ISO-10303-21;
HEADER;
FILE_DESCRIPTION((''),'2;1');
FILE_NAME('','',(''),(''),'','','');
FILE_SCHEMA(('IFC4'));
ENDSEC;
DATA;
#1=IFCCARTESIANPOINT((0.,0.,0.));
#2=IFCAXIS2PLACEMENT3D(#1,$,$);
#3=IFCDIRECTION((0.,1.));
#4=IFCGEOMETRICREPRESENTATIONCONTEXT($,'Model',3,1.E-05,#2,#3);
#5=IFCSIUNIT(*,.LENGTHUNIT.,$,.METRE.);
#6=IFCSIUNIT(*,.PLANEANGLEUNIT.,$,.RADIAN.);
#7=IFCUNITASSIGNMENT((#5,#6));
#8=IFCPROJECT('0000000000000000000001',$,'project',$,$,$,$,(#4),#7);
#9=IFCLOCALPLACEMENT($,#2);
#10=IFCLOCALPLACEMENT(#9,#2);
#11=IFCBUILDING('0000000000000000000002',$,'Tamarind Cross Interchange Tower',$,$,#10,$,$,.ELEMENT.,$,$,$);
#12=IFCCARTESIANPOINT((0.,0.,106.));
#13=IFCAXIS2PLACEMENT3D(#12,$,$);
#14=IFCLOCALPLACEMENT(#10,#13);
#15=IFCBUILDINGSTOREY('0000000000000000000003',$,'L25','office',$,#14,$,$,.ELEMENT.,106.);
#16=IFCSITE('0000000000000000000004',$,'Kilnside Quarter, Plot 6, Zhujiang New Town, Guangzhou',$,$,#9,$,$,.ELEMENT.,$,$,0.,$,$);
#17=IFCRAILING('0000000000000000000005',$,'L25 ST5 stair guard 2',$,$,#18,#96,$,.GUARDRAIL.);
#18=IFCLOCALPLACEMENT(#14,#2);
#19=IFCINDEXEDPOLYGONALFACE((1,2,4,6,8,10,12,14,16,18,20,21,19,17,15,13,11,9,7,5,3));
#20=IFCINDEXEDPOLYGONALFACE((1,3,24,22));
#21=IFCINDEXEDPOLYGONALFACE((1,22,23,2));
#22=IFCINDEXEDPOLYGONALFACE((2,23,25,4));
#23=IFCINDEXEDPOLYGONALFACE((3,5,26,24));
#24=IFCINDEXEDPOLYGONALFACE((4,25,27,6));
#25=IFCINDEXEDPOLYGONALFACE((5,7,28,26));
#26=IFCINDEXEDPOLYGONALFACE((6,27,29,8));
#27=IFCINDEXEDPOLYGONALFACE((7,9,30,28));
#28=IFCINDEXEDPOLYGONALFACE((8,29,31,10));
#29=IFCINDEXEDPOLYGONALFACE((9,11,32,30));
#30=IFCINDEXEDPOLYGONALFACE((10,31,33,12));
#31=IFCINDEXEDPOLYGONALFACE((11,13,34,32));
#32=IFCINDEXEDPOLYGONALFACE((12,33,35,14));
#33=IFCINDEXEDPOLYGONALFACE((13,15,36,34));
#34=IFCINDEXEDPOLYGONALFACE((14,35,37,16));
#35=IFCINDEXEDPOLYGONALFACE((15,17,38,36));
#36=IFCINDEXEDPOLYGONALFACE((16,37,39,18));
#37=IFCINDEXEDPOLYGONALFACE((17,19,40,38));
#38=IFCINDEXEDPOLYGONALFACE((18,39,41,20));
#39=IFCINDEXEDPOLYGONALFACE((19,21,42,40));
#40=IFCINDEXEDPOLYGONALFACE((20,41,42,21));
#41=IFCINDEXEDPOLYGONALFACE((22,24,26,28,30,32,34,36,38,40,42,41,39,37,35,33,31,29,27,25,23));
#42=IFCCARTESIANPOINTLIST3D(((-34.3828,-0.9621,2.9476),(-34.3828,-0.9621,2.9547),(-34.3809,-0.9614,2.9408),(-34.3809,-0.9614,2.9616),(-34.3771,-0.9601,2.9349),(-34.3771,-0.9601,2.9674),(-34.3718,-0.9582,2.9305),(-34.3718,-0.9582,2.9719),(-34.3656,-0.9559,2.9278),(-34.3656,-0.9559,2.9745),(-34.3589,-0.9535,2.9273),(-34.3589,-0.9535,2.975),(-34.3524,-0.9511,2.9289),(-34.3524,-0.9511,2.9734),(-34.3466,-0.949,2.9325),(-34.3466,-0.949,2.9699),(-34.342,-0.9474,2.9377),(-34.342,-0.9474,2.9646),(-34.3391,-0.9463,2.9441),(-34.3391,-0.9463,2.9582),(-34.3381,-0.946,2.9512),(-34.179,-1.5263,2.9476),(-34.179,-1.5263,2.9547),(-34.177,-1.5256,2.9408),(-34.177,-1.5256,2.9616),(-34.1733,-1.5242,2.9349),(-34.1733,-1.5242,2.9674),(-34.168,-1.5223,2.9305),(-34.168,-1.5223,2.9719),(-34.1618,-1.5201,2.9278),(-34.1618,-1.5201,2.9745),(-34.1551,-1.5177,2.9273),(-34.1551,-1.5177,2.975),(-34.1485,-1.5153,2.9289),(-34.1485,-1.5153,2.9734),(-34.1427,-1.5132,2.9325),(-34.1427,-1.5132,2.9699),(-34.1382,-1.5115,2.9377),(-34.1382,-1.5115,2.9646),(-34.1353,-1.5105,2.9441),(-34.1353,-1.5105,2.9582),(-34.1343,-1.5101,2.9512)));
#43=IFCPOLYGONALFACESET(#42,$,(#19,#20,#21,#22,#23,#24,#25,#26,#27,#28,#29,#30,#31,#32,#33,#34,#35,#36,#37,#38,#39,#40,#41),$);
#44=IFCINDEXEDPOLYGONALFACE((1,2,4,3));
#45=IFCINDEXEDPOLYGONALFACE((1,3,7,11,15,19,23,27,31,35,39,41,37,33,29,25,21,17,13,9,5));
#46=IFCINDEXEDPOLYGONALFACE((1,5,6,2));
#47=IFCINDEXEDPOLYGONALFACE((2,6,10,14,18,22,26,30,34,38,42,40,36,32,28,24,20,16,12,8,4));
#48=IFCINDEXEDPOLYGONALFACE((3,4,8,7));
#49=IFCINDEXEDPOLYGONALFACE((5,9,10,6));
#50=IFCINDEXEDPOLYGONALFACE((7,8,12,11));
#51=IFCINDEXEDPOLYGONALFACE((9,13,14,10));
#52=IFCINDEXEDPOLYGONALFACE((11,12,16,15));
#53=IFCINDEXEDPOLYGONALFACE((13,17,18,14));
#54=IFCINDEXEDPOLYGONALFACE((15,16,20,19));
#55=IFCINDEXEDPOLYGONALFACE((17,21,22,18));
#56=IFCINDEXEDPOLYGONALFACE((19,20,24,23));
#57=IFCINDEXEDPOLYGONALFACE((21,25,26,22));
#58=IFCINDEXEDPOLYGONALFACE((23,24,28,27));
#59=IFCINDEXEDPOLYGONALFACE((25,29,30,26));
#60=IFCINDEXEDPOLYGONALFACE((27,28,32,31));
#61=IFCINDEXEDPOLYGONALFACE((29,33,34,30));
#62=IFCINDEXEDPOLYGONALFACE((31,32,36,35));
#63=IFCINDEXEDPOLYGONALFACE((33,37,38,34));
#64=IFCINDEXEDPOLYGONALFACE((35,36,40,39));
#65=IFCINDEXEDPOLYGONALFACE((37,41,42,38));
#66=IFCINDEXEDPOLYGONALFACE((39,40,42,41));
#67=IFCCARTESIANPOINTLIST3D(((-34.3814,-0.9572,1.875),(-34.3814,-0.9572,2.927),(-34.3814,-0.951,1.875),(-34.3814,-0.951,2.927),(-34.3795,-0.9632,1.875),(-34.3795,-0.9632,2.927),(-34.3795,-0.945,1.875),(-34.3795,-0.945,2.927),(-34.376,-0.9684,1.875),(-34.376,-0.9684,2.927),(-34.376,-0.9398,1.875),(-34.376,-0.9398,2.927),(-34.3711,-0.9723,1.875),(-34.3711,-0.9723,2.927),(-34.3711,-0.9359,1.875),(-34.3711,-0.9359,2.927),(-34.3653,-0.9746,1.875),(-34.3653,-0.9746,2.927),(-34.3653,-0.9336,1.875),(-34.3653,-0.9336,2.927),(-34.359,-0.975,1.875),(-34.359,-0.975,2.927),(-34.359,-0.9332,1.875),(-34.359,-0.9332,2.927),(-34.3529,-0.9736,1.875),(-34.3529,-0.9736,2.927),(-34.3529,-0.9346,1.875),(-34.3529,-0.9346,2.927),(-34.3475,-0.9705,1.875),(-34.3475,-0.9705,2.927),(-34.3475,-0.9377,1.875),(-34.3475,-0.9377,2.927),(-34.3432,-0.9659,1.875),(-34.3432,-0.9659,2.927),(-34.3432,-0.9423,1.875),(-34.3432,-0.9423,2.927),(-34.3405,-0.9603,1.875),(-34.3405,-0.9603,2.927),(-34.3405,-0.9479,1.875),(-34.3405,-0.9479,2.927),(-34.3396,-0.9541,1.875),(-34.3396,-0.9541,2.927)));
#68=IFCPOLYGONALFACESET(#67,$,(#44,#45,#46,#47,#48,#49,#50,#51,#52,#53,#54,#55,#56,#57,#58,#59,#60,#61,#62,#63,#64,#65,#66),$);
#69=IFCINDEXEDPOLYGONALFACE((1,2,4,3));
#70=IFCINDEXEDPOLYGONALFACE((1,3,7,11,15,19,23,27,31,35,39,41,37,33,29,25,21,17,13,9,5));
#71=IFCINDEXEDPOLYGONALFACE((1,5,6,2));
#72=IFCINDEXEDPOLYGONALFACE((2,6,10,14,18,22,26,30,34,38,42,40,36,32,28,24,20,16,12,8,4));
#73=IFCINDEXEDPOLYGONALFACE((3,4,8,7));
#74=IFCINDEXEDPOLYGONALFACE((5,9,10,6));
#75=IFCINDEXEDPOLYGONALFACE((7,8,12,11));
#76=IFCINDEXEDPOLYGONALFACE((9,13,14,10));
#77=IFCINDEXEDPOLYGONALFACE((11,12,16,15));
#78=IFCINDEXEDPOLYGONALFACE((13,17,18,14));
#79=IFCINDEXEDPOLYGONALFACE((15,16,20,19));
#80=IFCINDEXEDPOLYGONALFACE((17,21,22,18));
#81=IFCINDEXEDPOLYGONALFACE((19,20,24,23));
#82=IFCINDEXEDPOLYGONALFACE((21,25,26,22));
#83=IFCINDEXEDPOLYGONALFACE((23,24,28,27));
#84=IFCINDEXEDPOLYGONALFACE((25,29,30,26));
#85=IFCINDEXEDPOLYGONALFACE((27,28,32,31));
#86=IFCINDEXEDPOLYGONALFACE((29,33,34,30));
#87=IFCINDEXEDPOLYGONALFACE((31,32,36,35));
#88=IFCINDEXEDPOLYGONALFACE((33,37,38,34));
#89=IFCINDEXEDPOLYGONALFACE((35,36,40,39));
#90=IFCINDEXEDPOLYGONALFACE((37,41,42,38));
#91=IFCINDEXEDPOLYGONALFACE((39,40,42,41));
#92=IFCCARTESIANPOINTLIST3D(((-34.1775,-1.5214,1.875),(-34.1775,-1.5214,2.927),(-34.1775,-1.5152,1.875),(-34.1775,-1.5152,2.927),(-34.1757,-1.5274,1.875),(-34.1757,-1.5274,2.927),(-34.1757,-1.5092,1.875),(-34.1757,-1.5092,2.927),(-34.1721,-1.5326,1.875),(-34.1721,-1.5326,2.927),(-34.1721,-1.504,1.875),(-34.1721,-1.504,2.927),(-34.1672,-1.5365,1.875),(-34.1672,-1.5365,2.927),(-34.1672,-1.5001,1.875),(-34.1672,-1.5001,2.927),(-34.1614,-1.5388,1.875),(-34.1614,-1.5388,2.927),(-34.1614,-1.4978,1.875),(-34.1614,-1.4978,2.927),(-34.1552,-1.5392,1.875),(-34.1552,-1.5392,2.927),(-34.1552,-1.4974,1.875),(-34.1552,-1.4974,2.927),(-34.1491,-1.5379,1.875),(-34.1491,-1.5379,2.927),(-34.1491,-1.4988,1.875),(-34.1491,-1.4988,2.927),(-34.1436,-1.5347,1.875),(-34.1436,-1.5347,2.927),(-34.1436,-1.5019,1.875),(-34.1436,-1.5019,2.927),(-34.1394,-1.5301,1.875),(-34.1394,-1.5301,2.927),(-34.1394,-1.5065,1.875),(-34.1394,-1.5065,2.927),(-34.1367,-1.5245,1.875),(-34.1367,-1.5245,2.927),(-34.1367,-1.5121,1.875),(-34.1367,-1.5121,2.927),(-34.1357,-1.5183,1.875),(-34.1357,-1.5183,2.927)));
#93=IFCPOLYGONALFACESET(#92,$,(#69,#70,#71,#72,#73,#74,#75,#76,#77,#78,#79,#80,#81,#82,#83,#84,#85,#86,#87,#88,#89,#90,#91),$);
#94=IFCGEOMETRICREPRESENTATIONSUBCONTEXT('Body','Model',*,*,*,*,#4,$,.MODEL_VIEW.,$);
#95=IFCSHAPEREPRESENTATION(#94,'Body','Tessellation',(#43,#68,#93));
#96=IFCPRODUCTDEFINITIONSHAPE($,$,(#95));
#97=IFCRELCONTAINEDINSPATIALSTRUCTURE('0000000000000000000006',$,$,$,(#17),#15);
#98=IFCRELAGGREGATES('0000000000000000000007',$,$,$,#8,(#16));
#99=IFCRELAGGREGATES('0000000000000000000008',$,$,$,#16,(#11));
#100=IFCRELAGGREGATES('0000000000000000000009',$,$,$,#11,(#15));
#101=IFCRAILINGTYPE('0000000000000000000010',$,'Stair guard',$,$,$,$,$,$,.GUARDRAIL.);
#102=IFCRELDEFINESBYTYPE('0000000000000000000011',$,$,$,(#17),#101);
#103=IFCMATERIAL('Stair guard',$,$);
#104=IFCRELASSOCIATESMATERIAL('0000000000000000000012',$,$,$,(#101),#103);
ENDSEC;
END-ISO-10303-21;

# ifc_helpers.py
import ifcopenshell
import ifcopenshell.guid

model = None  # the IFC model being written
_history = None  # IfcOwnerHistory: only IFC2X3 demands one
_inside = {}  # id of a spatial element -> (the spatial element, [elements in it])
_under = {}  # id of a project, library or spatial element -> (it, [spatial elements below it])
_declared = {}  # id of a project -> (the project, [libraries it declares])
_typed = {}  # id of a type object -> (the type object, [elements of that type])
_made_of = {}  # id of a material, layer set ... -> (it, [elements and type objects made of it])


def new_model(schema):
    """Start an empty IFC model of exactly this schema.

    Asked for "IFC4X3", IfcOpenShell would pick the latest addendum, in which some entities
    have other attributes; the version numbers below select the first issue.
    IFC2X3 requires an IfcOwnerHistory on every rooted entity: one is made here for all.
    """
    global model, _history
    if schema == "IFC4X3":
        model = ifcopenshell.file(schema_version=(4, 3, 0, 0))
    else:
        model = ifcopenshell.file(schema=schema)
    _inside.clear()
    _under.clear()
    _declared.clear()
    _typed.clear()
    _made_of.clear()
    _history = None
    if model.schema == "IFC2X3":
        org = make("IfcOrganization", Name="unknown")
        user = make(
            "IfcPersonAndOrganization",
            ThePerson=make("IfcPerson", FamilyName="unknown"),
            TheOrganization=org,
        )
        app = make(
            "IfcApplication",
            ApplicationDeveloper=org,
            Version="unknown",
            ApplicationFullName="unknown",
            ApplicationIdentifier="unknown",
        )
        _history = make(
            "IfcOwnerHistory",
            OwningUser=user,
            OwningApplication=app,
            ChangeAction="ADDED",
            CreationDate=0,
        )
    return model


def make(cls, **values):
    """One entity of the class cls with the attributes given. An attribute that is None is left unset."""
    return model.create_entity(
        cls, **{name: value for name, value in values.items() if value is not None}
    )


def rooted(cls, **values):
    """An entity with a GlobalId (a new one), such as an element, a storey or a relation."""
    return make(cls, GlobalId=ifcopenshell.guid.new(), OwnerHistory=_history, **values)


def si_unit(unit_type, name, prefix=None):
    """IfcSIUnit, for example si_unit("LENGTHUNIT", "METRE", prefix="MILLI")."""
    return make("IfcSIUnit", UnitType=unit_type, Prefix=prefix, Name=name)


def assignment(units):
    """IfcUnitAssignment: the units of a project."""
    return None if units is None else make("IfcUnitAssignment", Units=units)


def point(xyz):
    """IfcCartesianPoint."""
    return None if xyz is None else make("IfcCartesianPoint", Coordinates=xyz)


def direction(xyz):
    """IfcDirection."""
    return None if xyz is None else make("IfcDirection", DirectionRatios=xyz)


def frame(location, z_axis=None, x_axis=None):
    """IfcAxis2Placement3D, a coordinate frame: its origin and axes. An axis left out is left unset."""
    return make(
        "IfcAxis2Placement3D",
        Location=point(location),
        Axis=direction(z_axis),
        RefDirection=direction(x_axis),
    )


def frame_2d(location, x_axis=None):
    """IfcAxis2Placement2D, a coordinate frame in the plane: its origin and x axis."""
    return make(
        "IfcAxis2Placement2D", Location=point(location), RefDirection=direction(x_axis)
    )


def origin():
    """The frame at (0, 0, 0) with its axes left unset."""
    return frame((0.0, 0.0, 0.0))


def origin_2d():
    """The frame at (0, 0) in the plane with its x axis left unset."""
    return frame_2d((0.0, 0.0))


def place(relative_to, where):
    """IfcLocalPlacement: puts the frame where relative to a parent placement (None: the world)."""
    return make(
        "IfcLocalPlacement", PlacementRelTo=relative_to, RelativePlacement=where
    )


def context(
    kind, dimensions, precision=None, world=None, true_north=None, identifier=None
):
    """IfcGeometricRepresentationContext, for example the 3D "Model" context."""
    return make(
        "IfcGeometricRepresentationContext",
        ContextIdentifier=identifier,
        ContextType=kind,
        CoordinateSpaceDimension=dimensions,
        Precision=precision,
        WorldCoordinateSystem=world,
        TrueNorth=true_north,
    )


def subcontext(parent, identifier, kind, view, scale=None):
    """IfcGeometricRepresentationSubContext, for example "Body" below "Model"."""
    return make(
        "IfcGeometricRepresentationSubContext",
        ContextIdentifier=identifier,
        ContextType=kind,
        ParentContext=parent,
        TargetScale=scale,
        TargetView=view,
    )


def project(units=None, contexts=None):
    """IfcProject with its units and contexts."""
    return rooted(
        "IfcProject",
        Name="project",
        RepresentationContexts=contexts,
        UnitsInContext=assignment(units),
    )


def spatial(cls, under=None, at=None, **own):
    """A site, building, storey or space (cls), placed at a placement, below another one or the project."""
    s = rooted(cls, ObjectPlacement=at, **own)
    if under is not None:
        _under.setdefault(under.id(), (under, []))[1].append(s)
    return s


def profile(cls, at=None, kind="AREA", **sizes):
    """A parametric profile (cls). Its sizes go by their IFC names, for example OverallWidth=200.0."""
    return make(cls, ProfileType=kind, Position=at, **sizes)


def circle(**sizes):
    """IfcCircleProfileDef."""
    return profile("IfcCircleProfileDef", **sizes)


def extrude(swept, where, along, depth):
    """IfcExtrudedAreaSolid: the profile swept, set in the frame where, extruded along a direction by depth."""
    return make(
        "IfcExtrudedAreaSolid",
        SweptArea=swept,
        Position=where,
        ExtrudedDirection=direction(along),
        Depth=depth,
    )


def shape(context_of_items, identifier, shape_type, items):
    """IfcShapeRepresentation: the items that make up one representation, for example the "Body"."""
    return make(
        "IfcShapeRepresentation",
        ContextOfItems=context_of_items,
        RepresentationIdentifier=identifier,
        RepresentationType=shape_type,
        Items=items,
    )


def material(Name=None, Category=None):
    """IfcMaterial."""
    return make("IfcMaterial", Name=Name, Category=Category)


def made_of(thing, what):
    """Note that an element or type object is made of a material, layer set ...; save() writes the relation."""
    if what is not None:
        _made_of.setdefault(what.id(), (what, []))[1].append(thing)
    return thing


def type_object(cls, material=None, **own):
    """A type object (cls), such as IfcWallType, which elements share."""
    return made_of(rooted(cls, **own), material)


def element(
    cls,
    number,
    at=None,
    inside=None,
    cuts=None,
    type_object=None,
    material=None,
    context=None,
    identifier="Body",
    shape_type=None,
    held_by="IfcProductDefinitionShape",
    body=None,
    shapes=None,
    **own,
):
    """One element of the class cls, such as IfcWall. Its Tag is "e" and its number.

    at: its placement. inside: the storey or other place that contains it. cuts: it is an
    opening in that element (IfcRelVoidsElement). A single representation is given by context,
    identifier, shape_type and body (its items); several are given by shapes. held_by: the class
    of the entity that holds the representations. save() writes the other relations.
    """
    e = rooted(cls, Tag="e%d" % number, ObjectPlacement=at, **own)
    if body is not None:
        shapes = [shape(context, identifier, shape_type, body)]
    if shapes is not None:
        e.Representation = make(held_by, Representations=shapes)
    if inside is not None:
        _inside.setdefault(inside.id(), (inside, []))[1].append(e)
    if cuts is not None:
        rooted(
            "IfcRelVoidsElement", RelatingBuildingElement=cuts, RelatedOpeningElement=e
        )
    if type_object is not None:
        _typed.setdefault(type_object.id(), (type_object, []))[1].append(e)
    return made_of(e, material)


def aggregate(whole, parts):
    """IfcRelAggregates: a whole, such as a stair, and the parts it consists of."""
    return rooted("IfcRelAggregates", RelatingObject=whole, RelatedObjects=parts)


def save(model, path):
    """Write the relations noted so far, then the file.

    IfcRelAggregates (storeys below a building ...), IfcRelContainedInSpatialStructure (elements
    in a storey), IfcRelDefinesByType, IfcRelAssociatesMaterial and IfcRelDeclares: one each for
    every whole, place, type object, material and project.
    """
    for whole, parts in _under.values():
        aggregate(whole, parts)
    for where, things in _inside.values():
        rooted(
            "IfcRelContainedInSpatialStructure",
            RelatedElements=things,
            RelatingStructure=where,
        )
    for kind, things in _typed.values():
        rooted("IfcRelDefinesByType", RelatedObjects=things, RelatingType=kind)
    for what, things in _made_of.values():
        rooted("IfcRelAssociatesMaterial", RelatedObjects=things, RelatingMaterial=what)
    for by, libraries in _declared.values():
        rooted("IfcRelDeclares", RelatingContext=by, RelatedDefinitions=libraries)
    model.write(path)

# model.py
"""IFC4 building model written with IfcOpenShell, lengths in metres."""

from ifc_helpers import new_model, si_unit, direction, frame, origin, origin_2d, place, context, subcontext, project, spatial, circle, extrude, material, type_object, element, save


model = new_model("IFC4")

# Units and contexts
model_context = context("Model", 3, precision=1e-05, world=origin(), true_north=direction((0.0, 1.0)))
body_context = subcontext(model_context, "Body", "Model", "MODEL_VIEW")
ifc_project = project(units=[si_unit("LENGTHUNIT", "METRE"), si_unit("PLANEANGLEUNIT", "RADIAN")], contexts=[model_context])

# Site, building, storey
site_placement = place(None, origin())
site = spatial("IfcSite", under=ifc_project, at=site_placement, Name="Kilnside Quarter, Plot 6, Zhujiang New Town, Guangzhou", CompositionType="ELEMENT", RefElevation=0.0)
building_placement = place(site_placement, origin())
building = spatial("IfcBuilding", under=site, at=building_placement, Name="Tamarind Cross Interchange Tower", CompositionType="ELEMENT")
storey_placement = place(building_placement, frame((0.0, 0.0, 106.0)))
storey = spatial("IfcBuildingStorey", under=building, at=storey_placement, Name="L25", Description="office", CompositionType="ELEMENT", Elevation=106.0)

# Railing
ifc_material_1 = material(Name="Stair guard")
railing_type_1 = type_object("IfcRailingType", Name="Stair guard", PredefinedType="GUARDRAIL", material=ifc_material_1)
railing_1_placement = place(storey_placement, frame((-34.3606, -0.9541, 1.875)))
element("IfcRailing", 1, at=railing_1_placement, inside=storey, type_object=railing_type_1, Name="L25 ST5 stair guard 2", PredefinedType="GUARDRAIL", context=body_context, shape_type="SweptSolid", body=[
    extrude(circle(Radius=0.0239, at=origin_2d()), frame((0.0, 0.0, 1.0762), z_axis=(0.339814, -0.940492, 0.0), x_axis=(0.940492, 0.339814, 0.0)), (0.0, 0.0, 1.0), 0.5999),
    extrude(circle(Radius=0.021, at=origin_2d()), origin(), (0.0, 0.0, 1.0), 1.052),
    extrude(circle(Radius=0.021, at=origin_2d()), frame((0.2039, -0.5642, 0.0)), (0.0, 0.0, 1.0), 1.052),
])

save(model, "model.ifc")
